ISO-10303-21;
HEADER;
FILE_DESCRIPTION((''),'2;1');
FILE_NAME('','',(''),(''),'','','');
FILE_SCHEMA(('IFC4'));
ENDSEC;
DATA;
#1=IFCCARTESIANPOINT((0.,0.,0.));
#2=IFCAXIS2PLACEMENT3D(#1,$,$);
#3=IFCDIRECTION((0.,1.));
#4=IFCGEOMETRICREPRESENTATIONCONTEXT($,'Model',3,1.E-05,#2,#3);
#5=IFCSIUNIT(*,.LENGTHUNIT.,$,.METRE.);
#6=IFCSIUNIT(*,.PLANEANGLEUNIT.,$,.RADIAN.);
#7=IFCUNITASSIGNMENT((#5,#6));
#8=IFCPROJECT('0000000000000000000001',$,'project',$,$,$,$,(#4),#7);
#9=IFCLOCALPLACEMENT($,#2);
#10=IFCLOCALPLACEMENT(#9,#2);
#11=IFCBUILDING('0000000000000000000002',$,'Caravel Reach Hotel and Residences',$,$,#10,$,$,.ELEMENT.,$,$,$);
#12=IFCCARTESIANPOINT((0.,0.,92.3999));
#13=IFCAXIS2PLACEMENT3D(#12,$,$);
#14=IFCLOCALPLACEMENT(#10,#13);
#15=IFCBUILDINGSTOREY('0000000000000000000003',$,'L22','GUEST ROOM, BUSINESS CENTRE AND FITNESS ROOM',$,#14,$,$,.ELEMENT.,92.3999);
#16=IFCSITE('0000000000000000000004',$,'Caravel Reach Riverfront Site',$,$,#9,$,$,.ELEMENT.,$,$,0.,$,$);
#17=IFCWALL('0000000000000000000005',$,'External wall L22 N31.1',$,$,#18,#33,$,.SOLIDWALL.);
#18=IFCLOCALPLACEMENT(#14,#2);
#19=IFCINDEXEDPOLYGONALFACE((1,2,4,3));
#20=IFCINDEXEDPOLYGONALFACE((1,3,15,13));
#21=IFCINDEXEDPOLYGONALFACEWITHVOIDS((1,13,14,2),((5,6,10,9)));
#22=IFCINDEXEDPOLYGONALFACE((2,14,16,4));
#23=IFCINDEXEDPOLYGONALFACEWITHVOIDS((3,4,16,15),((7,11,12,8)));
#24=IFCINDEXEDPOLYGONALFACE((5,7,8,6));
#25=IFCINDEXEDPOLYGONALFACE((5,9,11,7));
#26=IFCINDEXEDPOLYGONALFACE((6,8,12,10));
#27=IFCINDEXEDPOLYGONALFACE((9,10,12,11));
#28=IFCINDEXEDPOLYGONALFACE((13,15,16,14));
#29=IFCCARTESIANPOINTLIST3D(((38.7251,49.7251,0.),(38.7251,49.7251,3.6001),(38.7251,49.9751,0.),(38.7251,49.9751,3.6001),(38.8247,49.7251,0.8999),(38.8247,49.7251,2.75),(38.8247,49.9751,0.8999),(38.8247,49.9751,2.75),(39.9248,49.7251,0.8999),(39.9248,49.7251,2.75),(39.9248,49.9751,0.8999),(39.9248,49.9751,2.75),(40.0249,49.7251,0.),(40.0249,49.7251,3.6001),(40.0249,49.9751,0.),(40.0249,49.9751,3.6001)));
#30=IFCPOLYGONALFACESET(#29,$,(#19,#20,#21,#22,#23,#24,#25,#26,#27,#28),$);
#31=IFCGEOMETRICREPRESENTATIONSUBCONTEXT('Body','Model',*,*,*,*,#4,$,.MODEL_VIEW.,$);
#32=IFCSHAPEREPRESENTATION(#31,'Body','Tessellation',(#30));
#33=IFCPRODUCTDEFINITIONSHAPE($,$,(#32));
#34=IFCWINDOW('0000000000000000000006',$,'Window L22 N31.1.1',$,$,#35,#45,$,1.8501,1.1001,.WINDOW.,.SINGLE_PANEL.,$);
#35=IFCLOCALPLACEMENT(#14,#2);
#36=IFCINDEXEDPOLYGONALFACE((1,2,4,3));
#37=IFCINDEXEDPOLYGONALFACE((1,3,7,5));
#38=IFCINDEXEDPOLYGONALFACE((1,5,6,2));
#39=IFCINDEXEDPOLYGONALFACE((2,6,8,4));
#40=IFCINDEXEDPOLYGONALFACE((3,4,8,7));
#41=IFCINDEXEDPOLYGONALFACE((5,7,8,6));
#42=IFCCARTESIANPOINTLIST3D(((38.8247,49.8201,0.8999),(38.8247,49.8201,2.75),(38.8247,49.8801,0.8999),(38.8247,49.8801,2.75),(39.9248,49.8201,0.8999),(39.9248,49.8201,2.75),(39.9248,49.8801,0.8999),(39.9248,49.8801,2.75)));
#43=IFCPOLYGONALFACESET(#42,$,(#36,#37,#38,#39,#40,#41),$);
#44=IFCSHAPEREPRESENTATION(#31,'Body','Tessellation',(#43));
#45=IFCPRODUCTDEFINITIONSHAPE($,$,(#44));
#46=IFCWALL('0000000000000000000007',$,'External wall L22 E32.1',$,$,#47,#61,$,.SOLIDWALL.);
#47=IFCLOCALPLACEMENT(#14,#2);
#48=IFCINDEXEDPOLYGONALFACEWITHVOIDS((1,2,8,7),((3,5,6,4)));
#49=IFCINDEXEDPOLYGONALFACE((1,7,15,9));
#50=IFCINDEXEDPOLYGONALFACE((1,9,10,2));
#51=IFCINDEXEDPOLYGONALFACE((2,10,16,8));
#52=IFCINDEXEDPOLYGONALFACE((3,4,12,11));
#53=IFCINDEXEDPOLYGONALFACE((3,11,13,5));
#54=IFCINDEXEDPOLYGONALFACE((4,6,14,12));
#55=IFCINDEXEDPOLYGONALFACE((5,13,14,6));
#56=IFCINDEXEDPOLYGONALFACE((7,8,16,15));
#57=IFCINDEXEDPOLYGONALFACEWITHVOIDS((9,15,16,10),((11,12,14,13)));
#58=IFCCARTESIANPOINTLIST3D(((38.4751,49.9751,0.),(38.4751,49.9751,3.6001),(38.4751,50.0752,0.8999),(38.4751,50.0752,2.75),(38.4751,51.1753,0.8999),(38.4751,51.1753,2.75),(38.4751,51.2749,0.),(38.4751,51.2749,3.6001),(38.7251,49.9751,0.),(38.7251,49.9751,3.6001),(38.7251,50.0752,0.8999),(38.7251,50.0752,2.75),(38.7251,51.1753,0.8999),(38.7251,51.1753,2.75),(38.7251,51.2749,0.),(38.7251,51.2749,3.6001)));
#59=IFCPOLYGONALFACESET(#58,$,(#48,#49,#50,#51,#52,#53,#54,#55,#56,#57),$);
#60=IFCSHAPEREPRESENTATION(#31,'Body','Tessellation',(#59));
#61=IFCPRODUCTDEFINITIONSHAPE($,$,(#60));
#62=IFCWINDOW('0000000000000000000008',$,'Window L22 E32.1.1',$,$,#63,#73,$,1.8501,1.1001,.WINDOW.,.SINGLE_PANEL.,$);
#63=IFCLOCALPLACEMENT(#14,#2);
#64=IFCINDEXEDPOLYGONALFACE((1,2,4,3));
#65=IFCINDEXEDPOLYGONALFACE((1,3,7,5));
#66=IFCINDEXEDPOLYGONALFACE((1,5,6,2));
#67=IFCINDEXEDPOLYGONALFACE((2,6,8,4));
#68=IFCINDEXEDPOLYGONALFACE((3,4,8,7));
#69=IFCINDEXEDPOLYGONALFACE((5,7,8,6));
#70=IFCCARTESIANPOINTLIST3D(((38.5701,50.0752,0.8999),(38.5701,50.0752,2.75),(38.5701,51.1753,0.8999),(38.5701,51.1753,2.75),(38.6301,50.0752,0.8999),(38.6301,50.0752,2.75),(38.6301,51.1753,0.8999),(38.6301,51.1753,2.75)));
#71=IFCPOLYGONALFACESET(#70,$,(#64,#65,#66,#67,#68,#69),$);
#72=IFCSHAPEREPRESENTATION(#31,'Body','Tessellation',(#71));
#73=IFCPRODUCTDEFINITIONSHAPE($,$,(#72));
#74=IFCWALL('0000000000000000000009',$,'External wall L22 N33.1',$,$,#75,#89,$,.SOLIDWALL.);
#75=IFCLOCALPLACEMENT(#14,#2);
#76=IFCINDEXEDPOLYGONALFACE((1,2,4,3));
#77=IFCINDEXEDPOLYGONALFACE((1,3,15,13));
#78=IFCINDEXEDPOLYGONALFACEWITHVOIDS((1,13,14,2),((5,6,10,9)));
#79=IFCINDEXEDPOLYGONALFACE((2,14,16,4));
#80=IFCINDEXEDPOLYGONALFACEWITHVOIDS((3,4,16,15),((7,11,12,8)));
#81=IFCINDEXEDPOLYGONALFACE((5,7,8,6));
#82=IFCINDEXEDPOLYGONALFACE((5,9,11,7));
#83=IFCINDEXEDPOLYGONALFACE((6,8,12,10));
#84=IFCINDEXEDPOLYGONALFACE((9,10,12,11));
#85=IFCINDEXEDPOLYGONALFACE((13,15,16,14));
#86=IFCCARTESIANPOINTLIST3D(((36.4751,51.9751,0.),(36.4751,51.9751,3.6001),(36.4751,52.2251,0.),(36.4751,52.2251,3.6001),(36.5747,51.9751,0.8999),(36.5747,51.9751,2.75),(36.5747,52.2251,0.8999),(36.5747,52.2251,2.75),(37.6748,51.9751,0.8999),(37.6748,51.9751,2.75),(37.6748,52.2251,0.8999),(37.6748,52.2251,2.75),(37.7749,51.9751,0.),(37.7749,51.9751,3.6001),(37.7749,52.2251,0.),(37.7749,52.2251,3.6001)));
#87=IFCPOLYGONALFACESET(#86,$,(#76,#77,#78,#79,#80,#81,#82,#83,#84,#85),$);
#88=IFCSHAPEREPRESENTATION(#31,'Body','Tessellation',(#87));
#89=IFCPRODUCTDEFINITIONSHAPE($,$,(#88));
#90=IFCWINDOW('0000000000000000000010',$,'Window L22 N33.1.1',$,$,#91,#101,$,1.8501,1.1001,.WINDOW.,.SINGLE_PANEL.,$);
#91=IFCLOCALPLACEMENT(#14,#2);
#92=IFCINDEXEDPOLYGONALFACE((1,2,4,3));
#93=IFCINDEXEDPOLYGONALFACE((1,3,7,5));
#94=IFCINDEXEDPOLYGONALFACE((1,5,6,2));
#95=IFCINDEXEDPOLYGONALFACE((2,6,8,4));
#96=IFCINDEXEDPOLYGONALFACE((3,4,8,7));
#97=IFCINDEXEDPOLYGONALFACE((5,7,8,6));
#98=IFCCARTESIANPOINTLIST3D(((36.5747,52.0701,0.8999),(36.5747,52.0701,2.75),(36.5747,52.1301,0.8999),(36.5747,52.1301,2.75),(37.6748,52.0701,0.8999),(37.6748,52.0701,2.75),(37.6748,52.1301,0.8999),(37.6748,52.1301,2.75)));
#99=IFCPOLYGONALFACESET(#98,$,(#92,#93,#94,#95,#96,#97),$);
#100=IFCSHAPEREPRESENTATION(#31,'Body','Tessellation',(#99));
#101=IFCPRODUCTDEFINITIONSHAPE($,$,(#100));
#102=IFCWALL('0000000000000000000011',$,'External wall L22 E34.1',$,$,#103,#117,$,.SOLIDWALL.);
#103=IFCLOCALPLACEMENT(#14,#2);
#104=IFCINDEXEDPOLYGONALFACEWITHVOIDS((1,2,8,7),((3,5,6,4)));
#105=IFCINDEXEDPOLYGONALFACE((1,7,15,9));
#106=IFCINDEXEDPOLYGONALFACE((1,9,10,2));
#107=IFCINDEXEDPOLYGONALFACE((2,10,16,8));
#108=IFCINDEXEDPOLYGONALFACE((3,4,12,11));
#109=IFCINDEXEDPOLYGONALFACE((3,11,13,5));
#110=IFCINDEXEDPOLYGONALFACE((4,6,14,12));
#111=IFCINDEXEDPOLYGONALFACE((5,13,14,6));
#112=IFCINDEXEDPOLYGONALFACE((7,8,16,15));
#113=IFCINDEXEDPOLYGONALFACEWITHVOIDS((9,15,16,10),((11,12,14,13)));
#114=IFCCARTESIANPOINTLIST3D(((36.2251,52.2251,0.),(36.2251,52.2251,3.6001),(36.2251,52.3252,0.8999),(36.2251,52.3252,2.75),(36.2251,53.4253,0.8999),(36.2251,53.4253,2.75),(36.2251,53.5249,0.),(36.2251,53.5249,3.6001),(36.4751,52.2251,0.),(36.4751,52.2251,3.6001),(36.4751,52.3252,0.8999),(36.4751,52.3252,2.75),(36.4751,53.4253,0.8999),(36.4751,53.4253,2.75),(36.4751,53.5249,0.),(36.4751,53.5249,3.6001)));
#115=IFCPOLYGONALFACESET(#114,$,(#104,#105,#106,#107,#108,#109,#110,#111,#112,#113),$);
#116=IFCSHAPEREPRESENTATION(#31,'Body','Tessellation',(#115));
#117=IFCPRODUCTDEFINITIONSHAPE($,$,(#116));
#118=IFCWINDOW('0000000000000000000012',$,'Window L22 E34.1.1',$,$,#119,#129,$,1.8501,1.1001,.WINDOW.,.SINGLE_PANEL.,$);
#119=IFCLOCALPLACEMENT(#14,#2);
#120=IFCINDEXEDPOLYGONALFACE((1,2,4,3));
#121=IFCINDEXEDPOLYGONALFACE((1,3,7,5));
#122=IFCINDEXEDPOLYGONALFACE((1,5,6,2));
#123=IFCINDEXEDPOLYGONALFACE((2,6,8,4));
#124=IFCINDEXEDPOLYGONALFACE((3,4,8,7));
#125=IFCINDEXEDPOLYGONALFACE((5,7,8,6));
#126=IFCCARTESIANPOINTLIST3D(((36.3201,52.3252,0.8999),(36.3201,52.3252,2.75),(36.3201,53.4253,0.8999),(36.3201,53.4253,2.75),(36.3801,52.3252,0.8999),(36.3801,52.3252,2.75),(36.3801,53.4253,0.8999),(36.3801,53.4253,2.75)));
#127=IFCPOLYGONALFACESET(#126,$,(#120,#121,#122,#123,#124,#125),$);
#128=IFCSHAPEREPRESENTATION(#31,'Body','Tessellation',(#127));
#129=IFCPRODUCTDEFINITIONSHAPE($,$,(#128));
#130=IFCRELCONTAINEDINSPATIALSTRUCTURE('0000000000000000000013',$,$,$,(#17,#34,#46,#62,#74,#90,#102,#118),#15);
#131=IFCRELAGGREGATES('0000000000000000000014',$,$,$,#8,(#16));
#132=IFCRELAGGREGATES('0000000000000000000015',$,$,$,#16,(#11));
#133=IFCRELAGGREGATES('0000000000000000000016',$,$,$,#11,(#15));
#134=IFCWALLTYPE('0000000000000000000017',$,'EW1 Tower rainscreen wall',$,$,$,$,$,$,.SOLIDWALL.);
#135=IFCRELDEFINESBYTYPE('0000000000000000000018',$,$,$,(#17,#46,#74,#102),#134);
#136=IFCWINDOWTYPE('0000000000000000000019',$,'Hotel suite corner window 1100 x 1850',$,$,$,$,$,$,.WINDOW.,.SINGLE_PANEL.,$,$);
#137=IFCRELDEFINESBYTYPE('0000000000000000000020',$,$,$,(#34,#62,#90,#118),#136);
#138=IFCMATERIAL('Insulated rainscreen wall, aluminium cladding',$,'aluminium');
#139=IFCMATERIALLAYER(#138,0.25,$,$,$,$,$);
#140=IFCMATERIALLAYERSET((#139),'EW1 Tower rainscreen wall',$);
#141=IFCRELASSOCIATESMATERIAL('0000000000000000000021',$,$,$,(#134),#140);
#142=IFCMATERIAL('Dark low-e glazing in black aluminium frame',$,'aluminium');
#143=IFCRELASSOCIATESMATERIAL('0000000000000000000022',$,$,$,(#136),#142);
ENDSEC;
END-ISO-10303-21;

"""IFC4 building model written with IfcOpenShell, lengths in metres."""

from ifc_helpers import new_model, si_unit, direction, frame, frame_2d, origin, place, context, subcontext, project, spatial, rectangle, extrude, material, layer, layer_set, type_object, element, fill, save


model = new_model("IFC4")

# Units and contexts
model_context = context("Model", 3, precision=1e-05, world=origin(), true_north=direction((0.0, 1.0)))
body_context = subcontext(model_context, "Body", "Model", "MODEL_VIEW")
ifc_project = project(units=[si_unit("LENGTHUNIT", "METRE"), si_unit("PLANEANGLEUNIT", "RADIAN")], contexts=[model_context])

# Site, building, storey
site_placement = place(None, origin())
site = spatial("IfcSite", under=ifc_project, at=site_placement, Name="Caravel Reach Riverfront Site", CompositionType="ELEMENT", RefElevation=0.0)
building_placement = place(site_placement, origin())
building = spatial("IfcBuilding", under=site, at=building_placement, Name="Caravel Reach Hotel and Residences", CompositionType="ELEMENT")
storey_placement = place(building_placement, frame((0.0, 0.0, 92.3999)))
storey = spatial("IfcBuildingStorey", under=building, at=storey_placement, Name="L22", Description="GUEST ROOM, BUSINESS CENTRE AND FITNESS ROOM", CompositionType="ELEMENT", Elevation=92.3999)

# Walls, openings, windows
ifc_material_1 = material(Name="Insulated rainscreen wall, aluminium cladding", Category="aluminium")
ifc_layer_1 = layer(ifc_material_1, 0.25)
ifc_layer_set_1 = layer_set([ifc_layer_1], Name="EW1 Tower rainscreen wall")
wall_type_1 = type_object("IfcWallType", Name="EW1 Tower rainscreen wall", PredefinedType="SOLIDWALL", material=ifc_layer_set_1)
wall_1_placement = place(storey_placement, frame((40.0249, 49.8501, 0.0), z_axis=(0.0, 0.0, 1.0), x_axis=(-1.0, 0.0, 0.0)))
wall_1 = element("IfcWall", 1, at=wall_1_placement, inside=storey, type_object=wall_type_1, Name="External wall L22 N31.1", PredefinedType="SOLIDWALL", context=body_context, shape_type="SweptSolid", body=[
    extrude(rectangle(XDim=1.2998, YDim=0.25, at=frame_2d((0.6499, 0.0))), origin(), (0.0, 0.0, 1.0), 3.6001),
])
opening_1_placement = place(wall_1_placement, frame((0.1001, 0.0, 0.8999)))
opening_1 = element("IfcOpeningElement", 2, at=opening_1_placement, cuts=wall_1, PredefinedType="OPENING", context=body_context, shape_type="SweptSolid", body=[
    extrude(rectangle(XDim=1.1001, YDim=1.8501, at=frame_2d((0.55, 0.925))), frame((0.0, 0.135, 0.0), z_axis=(0.0, -1.0, 0.0), x_axis=(1.0, 0.0, 0.0)), (0.0, 0.0, 1.0), 0.27),
])
ifc_material_2 = material(Name="Dark low-e glazing in black aluminium frame", Category="aluminium")
window_type_1 = type_object("IfcWindowType", Name="Hotel suite corner window 1100 x 1850", PartitioningType="SINGLE_PANEL", PredefinedType="WINDOW", material=ifc_material_2)
window_1_placement = place(opening_1_placement, origin())
window_1 = element("IfcWindow", 3, at=window_1_placement, inside=storey, type_object=window_type_1, Name="Window L22 N31.1.1", OverallHeight=1.8501, OverallWidth=1.1001, PartitioningType="SINGLE_PANEL", PredefinedType="WINDOW", context=body_context, shape_type="SweptSolid", body=[
    extrude(rectangle(XDim=1.1001, YDim=1.8501, at=frame_2d((0.55, 0.925))), frame((0.0, 0.03, 0.0), z_axis=(0.0, -1.0, 0.0), x_axis=(1.0, 0.0, 0.0)), (0.0, 0.0, 1.0), 0.0601),
])
fill(opening_1, window_1)
wall_2_placement = place(storey_placement, frame((38.6001, 49.9751, 0.0), z_axis=(0.0, 0.0, 1.0), x_axis=(0.0, 1.0, 0.0)))
wall_2 = element("IfcWall", 4, at=wall_2_placement, inside=storey, type_object=wall_type_1, Name="External wall L22 E32.1", PredefinedType="SOLIDWALL", context=body_context, shape_type="SweptSolid", body=[
    extrude(rectangle(XDim=1.2998, YDim=0.25, at=frame_2d((0.6499, 0.0))), origin(), (0.0, 0.0, 1.0), 3.6001),
])
opening_2_placement = place(wall_2_placement, frame((0.1001, 0.0, 0.8999)))
opening_2 = element("IfcOpeningElement", 5, at=opening_2_placement, cuts=wall_2, PredefinedType="OPENING", context=body_context, shape_type="SweptSolid", body=[
    extrude(rectangle(XDim=1.1001, YDim=1.8501, at=frame_2d((0.55, 0.925))), frame((0.0, 0.135, 0.0), z_axis=(0.0, -1.0, 0.0), x_axis=(1.0, 0.0, 0.0)), (0.0, 0.0, 1.0), 0.27),
])
window_2_placement = place(opening_2_placement, origin())
window_2 = element("IfcWindow", 6, at=window_2_placement, inside=storey, type_object=window_type_1, Name="Window L22 E32.1.1", OverallHeight=1.8501, OverallWidth=1.1001, PartitioningType="SINGLE_PANEL", PredefinedType="WINDOW", context=body_context, shape_type="SweptSolid", body=[
    extrude(rectangle(XDim=1.1001, YDim=1.8501, at=frame_2d((0.55, 0.925))), frame((0.0, 0.03, 0.0), z_axis=(0.0, -1.0, 0.0), x_axis=(1.0, 0.0, 0.0)), (0.0, 0.0, 1.0), 0.0601),
])
fill(opening_2, window_2)
wall_3_placement = place(storey_placement, frame((37.7749, 52.1001, 0.0), z_axis=(0.0, 0.0, 1.0), x_axis=(-1.0, 0.0, 0.0)))
wall_3 = element("IfcWall", 7, at=wall_3_placement, inside=storey, type_object=wall_type_1, Name="External wall L22 N33.1", PredefinedType="SOLIDWALL", context=body_context, shape_type="SweptSolid", body=[
    extrude(rectangle(XDim=1.2998, YDim=0.25, at=frame_2d((0.6499, 0.0))), origin(), (0.0, 0.0, 1.0), 3.6001),
])
opening_3_placement = place(wall_3_placement, frame((0.1001, 0.0, 0.8999)))
opening_3 = element("IfcOpeningElement", 8, at=opening_3_placement, cuts=wall_3, PredefinedType="OPENING", context=body_context, shape_type="SweptSolid", body=[
    extrude(rectangle(XDim=1.1001, YDim=1.8501, at=frame_2d((0.55, 0.925))), frame((0.0, 0.135, 0.0), z_axis=(0.0, -1.0, 0.0), x_axis=(1.0, 0.0, 0.0)), (0.0, 0.0, 1.0), 0.27),
])
window_3_placement = place(opening_3_placement, origin())
window_3 = element("IfcWindow", 9, at=window_3_placement, inside=storey, type_object=window_type_1, Name="Window L22 N33.1.1", OverallHeight=1.8501, OverallWidth=1.1001, PartitioningType="SINGLE_PANEL", PredefinedType="WINDOW", context=body_context, shape_type="SweptSolid", body=[
    extrude(rectangle(XDim=1.1001, YDim=1.8501, at=frame_2d((0.55, 0.925))), frame((0.0, 0.03, 0.0), z_axis=(0.0, -1.0, 0.0), x_axis=(1.0, 0.0, 0.0)), (0.0, 0.0, 1.0), 0.0601),
])
fill(opening_3, window_3)
wall_4_placement = place(storey_placement, frame((36.3501, 52.2251, 0.0), z_axis=(0.0, 0.0, 1.0), x_axis=(0.0, 1.0, 0.0)))
wall_4 = element("IfcWall", 10, at=wall_4_placement, inside=storey, type_object=wall_type_1, Name="External wall L22 E34.1", PredefinedType="SOLIDWALL", context=body_context, shape_type="SweptSolid", body=[
    extrude(rectangle(XDim=1.2998, YDim=0.25, at=frame_2d((0.6499, 0.0))), origin(), (0.0, 0.0, 1.0), 3.6001),
])
opening_4_placement = place(wall_4_placement, frame((0.1001, 0.0, 0.8999)))
opening_4 = element("IfcOpeningElement", 11, at=opening_4_placement, cuts=wall_4, PredefinedType="OPENING", context=body_context, shape_type="SweptSolid", body=[
    extrude(rectangle(XDim=1.1001, YDim=1.8501, at=frame_2d((0.55, 0.925))), frame((0.0, 0.135, 0.0), z_axis=(0.0, -1.0, 0.0), x_axis=(1.0, 0.0, 0.0)), (0.0, 0.0, 1.0), 0.27),
])
window_4_placement = place(opening_4_placement, origin())
window_4 = element("IfcWindow", 12, at=window_4_placement, inside=storey, type_object=window_type_1, Name="Window L22 E34.1.1", OverallHeight=1.8501, OverallWidth=1.1001, PartitioningType="SINGLE_PANEL", PredefinedType="WINDOW", context=body_context, shape_type="SweptSolid", body=[
    extrude(rectangle(XDim=1.1001, YDim=1.8501, at=frame_2d((0.55, 0.925))), frame((0.0, 0.03, 0.0), z_axis=(0.0, -1.0, 0.0), x_axis=(1.0, 0.0, 0.0)), (0.0, 0.0, 1.0), 0.0601),
])
fill(opening_4, window_4)

save(model, "model.ifc")
